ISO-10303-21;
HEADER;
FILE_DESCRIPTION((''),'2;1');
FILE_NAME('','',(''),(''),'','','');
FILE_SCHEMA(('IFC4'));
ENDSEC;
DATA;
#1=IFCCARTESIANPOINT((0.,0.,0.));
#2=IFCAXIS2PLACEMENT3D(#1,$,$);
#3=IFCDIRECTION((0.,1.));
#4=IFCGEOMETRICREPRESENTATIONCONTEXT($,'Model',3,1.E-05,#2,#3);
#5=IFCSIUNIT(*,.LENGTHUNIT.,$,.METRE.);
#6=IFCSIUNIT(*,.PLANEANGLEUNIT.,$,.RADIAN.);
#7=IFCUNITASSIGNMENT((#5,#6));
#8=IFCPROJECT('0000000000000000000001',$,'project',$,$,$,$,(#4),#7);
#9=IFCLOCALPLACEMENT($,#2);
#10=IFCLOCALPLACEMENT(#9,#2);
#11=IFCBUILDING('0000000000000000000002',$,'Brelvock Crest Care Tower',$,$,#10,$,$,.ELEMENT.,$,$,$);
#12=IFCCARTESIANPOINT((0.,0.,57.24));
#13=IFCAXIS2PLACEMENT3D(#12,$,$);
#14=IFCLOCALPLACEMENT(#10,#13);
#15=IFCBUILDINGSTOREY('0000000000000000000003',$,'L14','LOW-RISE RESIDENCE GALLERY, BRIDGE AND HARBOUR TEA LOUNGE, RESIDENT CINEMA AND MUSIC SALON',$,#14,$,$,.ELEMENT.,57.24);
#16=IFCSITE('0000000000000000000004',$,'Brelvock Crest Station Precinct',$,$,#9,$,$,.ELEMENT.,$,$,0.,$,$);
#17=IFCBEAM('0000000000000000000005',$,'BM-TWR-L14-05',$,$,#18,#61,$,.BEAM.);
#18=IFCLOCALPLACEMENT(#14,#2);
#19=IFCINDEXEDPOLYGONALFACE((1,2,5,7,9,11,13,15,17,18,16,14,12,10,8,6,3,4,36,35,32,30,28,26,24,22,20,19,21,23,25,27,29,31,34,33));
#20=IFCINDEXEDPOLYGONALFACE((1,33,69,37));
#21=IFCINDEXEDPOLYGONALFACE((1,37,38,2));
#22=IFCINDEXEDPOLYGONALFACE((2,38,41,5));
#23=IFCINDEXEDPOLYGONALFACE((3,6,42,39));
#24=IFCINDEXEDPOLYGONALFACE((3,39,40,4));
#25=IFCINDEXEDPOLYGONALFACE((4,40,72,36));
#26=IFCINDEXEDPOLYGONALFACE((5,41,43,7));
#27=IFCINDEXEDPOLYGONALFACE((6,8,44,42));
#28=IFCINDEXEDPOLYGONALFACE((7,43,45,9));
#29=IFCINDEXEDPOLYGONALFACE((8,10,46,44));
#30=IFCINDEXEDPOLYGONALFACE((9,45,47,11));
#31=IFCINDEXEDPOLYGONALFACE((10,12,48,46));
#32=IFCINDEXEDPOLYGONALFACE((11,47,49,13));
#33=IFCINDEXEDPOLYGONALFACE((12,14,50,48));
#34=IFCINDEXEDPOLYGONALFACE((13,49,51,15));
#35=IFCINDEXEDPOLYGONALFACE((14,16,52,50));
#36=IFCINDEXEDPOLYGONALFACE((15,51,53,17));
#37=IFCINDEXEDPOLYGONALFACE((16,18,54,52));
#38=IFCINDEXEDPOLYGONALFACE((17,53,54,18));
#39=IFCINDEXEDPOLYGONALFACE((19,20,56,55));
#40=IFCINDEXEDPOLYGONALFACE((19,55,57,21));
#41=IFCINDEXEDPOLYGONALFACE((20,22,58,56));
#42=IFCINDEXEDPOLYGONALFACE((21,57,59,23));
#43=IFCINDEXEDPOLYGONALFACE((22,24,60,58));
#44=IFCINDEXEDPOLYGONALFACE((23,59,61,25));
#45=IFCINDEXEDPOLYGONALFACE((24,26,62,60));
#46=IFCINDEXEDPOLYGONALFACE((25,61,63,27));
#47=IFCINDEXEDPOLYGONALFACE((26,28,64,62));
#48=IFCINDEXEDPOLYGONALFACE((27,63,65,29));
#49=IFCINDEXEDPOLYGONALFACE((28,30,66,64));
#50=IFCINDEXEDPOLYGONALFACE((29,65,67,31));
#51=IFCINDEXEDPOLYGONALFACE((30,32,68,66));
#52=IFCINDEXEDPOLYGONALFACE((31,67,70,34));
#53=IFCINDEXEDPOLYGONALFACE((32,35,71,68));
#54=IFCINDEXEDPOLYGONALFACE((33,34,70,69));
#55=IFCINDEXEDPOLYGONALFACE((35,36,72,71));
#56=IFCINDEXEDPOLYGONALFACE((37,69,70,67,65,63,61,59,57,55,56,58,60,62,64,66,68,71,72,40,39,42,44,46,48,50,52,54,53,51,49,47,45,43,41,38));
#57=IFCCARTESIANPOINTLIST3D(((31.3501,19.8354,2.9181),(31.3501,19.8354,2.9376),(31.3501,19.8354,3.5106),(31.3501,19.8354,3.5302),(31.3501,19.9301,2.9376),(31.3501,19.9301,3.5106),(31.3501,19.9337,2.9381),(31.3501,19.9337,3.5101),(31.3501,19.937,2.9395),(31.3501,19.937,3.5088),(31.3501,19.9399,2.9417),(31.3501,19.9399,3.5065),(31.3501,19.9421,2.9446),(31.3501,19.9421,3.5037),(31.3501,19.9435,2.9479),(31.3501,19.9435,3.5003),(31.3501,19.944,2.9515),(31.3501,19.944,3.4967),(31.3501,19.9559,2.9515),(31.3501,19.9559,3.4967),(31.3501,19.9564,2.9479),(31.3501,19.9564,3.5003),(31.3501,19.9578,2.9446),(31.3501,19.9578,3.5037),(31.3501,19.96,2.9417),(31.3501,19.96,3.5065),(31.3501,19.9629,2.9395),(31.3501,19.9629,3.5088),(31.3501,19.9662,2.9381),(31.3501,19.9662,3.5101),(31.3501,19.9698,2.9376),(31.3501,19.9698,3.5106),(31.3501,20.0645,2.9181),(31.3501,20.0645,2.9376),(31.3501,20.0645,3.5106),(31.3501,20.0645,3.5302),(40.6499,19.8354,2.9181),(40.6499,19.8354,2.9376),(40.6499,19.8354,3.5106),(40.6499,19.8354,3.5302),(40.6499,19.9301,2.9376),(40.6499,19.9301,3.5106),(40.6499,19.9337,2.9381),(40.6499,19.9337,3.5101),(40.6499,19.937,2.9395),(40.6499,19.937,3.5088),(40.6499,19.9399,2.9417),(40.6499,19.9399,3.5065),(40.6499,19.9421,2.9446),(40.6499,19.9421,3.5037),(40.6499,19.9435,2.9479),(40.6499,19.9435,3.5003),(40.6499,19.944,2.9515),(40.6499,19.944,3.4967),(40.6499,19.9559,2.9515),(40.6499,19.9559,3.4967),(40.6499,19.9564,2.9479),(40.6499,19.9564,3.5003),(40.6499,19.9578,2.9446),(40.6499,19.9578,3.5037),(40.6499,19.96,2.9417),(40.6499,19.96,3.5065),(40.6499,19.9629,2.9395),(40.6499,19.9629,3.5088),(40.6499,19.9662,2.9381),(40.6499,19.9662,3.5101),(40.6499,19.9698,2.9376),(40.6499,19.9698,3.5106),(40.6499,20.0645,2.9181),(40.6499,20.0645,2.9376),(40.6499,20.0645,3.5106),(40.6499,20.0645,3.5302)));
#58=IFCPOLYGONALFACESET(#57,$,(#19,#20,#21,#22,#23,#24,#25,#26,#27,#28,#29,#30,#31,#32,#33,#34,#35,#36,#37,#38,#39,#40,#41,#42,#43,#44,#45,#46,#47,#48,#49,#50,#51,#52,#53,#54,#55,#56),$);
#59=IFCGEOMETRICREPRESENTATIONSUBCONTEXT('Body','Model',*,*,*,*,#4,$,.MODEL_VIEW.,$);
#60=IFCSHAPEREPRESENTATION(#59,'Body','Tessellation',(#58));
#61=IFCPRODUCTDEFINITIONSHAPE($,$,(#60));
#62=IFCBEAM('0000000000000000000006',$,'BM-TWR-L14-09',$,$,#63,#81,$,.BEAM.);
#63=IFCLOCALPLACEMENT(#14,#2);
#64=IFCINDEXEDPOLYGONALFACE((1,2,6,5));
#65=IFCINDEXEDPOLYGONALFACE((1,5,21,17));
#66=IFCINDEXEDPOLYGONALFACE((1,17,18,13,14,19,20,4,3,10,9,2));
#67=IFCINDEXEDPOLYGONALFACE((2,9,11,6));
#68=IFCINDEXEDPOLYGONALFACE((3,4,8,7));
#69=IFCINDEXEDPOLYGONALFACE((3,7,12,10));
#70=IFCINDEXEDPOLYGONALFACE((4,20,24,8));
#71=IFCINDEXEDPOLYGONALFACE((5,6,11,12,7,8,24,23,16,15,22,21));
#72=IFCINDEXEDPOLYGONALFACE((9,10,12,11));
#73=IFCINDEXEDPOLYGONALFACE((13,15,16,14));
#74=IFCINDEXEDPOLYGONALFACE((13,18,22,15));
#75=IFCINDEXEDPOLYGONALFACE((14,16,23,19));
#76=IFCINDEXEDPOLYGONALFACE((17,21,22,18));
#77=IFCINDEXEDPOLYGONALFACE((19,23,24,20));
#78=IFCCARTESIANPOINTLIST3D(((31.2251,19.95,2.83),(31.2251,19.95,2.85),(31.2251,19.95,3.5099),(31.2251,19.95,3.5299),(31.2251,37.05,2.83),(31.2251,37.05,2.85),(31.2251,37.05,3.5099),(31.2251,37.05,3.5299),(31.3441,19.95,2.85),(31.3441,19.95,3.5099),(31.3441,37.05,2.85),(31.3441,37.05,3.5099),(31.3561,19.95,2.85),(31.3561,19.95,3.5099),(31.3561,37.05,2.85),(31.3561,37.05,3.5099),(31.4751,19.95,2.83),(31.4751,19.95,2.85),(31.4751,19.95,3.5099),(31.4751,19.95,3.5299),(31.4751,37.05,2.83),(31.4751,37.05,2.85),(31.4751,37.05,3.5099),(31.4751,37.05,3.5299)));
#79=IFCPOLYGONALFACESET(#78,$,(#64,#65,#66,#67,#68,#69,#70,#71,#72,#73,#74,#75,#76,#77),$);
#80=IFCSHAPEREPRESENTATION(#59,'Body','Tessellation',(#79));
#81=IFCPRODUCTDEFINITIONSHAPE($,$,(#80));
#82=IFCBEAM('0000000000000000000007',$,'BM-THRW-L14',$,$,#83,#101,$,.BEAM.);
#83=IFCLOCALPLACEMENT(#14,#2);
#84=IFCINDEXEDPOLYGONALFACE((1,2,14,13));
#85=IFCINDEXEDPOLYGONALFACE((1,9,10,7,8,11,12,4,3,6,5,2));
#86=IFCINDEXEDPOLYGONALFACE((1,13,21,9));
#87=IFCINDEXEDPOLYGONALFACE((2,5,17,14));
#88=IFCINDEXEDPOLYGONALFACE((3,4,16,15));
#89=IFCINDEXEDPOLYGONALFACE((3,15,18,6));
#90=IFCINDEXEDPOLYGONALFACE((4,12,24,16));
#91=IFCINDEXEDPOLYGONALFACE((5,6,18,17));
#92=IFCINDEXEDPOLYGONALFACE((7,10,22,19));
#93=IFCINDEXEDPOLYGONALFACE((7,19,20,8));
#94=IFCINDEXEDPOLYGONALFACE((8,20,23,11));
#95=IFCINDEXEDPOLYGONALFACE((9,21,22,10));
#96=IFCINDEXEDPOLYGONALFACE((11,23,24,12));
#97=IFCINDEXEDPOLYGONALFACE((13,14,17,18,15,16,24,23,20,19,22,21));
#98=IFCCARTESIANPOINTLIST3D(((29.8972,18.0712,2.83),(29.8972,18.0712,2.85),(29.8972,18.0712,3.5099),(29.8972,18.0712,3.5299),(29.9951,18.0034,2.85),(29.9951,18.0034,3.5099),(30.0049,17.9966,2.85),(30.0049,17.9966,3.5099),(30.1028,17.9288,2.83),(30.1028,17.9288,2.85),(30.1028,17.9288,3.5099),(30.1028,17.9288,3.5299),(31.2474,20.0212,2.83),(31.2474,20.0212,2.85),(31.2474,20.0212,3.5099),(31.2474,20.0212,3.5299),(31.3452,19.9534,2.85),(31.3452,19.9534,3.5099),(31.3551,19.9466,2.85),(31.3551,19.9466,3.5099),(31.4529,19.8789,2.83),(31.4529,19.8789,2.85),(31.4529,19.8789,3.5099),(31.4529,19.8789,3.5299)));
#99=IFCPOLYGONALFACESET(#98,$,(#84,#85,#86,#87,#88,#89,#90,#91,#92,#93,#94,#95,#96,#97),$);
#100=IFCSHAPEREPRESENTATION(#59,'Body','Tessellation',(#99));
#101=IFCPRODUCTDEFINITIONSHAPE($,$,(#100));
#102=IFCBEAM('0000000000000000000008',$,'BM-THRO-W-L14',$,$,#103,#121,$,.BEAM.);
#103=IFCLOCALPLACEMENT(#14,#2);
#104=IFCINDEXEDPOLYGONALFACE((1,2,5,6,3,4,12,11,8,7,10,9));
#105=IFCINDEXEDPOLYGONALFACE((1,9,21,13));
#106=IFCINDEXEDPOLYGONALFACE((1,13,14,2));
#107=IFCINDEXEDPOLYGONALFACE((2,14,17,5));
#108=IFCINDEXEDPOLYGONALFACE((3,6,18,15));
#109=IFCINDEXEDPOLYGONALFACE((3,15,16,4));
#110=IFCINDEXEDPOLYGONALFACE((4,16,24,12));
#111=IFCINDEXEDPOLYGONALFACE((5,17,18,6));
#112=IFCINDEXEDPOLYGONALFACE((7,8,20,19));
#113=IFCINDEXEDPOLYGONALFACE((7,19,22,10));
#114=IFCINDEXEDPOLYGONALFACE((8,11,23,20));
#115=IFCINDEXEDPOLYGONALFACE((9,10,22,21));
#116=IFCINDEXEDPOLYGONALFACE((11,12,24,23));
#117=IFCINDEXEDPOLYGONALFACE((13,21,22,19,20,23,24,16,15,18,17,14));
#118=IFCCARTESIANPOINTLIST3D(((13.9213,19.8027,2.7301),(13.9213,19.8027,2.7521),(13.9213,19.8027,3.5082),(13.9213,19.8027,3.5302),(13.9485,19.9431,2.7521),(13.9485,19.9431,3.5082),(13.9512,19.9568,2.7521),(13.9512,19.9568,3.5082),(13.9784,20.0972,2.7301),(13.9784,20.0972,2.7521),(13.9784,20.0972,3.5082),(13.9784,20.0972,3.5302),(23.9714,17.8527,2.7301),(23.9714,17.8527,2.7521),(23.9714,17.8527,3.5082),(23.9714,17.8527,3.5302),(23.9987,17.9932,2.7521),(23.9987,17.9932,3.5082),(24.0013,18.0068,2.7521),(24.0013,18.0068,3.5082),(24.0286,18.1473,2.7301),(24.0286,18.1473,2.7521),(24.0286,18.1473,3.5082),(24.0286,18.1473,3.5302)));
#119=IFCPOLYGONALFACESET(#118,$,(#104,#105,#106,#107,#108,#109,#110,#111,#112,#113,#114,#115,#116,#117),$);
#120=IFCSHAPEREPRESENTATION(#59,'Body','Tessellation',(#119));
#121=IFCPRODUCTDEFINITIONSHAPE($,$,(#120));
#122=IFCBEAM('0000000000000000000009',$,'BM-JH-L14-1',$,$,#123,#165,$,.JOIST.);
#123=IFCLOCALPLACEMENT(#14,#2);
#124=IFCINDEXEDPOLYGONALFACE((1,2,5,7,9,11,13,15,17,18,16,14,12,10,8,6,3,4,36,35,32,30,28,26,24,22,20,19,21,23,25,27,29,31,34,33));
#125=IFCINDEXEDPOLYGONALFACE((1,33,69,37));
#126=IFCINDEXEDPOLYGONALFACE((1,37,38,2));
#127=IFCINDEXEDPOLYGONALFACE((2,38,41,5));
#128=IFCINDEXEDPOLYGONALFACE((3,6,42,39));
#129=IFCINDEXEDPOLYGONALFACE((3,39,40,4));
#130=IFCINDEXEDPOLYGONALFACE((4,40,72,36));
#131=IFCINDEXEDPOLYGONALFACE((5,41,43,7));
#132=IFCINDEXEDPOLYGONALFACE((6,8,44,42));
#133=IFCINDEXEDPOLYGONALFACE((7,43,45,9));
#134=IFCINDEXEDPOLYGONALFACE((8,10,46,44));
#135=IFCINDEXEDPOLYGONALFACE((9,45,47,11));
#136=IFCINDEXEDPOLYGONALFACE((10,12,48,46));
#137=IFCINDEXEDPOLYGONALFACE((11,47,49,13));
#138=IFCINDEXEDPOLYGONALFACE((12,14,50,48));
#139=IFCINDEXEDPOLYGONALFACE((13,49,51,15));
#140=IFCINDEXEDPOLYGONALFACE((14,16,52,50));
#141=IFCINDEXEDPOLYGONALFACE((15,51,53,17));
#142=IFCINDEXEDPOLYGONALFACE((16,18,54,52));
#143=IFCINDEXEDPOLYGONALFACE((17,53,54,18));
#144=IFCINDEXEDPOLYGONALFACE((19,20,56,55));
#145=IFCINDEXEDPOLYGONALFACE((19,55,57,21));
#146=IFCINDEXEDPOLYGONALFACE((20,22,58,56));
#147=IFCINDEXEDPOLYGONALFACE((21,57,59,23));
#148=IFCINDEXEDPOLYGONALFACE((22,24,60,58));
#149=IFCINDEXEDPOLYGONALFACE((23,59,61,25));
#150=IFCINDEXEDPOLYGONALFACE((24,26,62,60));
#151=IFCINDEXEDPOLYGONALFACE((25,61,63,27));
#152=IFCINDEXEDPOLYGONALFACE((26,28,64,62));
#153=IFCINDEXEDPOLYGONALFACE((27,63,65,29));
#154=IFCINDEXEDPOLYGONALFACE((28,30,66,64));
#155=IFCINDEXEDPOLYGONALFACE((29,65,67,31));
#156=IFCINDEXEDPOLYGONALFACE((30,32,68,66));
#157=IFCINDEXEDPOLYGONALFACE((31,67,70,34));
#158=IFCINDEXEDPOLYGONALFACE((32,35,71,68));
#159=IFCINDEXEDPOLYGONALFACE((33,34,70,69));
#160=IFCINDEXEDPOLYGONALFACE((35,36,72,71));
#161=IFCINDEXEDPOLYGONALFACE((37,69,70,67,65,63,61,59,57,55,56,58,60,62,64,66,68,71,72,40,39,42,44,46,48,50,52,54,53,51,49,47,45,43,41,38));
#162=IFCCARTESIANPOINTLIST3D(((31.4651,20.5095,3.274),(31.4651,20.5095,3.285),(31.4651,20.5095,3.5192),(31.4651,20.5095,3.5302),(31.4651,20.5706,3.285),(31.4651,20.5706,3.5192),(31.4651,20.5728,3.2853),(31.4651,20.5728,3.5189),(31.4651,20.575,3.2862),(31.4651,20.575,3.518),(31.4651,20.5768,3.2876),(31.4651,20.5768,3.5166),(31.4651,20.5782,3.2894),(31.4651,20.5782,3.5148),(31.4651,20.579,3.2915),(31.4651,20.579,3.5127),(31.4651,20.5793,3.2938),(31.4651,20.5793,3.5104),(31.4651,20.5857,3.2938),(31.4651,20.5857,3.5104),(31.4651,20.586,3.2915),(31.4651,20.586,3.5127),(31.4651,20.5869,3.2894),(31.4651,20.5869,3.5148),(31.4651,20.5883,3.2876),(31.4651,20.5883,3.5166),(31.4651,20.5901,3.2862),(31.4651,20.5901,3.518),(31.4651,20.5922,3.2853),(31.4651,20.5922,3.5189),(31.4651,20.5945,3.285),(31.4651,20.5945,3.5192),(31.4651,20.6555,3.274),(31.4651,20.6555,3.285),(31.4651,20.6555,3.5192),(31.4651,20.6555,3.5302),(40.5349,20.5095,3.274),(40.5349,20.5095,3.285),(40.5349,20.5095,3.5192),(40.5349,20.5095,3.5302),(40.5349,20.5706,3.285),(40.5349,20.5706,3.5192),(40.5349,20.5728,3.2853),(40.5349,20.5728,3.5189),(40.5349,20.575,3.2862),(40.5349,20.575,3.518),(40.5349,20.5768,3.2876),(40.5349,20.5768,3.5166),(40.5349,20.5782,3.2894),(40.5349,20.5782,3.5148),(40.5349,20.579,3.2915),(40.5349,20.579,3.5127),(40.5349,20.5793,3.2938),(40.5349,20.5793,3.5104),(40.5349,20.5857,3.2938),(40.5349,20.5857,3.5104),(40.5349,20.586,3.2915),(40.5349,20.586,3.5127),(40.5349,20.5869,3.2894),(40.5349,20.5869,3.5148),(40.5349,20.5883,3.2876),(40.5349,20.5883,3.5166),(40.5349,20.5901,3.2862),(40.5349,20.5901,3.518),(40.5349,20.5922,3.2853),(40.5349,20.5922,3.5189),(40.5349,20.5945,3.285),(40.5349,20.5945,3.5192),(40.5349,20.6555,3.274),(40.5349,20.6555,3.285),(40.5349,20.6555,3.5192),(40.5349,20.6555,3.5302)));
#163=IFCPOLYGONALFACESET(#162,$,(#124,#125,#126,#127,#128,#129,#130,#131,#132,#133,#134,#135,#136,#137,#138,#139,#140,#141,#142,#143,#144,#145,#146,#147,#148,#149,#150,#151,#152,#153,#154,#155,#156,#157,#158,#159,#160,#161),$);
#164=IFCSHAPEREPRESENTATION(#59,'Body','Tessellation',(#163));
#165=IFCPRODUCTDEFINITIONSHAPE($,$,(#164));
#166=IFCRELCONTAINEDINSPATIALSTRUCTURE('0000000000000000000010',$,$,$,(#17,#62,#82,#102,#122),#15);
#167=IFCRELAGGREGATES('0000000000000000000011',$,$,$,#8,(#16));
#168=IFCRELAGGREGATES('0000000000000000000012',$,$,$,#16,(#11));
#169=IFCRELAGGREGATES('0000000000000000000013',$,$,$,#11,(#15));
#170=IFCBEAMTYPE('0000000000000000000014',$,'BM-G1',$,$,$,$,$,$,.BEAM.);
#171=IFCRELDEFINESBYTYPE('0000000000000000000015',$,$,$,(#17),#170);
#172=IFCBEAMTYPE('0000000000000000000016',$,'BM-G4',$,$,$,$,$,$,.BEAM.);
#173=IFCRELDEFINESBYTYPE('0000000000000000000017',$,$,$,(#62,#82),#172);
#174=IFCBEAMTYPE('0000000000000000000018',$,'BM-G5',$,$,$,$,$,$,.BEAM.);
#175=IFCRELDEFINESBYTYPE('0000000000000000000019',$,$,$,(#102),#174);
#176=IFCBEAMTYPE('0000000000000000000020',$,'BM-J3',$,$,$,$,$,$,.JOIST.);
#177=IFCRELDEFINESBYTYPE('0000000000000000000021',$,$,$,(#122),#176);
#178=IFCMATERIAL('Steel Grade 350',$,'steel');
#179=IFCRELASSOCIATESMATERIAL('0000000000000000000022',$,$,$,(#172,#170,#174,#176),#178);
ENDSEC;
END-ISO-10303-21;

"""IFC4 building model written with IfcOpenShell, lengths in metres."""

from ifc_helpers import new_model, si_unit, direction, frame, origin, origin_2d, place, context, subcontext, project, spatial, i_section, extrude, source, transform, mapped, material, material_profile, profile_set, type_object, element, save


model = new_model("IFC4")

# Units and contexts
model_context = context("Model", 3, precision=1e-05, world=origin(), true_north=direction((0.0, 1.0)))
body_context = subcontext(model_context, "Body", "Model", "MODEL_VIEW")
ifc_project = project(units=[si_unit("LENGTHUNIT", "METRE"), si_unit("PLANEANGLEUNIT", "RADIAN")], contexts=[model_context])

# Site, building, storey
site_placement = place(None, origin())
site = spatial("IfcSite", under=ifc_project, at=site_placement, Name="Brelvock Crest Station Precinct", CompositionType="ELEMENT", RefElevation=0.0)
building_placement = place(site_placement, origin())
building = spatial("IfcBuilding", under=site, at=building_placement, Name="Brelvock Crest Care Tower", CompositionType="ELEMENT")
storey_placement = place(building_placement, frame((0.0, 0.0, 57.24)))
storey = spatial("IfcBuildingStorey", under=building, at=storey_placement, Name="L14", Description="LOW-RISE RESIDENCE GALLERY, BRIDGE AND HARBOUR TEA LOUNGE, RESIDENT CINEMA AND MUSIC SALON", CompositionType="ELEMENT", Elevation=57.24)

# Shared definitions
ifc_material_1 = material(Name="Steel Grade 350", Category="steel")

# Beams
ifc_material_profile_1 = material_profile(ifc_material_1, i_section(OverallWidth=0.25, OverallDepth=0.7, WebThickness=0.012, FlangeThickness=0.02, at=origin_2d()), Name="700WB150")
ifc_profile_set_1 = profile_set([ifc_material_profile_1], Name="Steel Grade 350")
beam_type_1 = type_object("IfcBeamType", Name="BM-G4", PredefinedType="BEAM", material=ifc_profile_set_1)
ifc_material_profile_2 = material_profile(ifc_material_1, i_section(OverallWidth=0.229, OverallDepth=0.6121, WebThickness=0.012, FlangeThickness=0.0195, FilletRadius=0.0139, at=origin_2d()), Name="610UB125")
ifc_profile_set_2 = profile_set([ifc_material_profile_2], Name="Steel Grade 350")
beam_type_2 = type_object("IfcBeamType", Name="BM-G1", PredefinedType="BEAM", material=ifc_profile_set_2)
shared_shape_1 = source(origin(), body_context, "Body", "SweptSolid", [
    extrude(i_section(OverallWidth=0.229, OverallDepth=0.6121, WebThickness=0.012, FlangeThickness=0.0195, FilletRadius=0.0139, at=origin_2d()), origin(), (0.0, 0.0, 1.0), 9.2998),
])
beam_1_placement = place(storey_placement, frame((31.3501, 19.95, 3.2241), z_axis=(1.0, 0.0, 0.0), x_axis=(0.0, 1.0, 0.0)))
element("IfcBeam", 1, at=beam_1_placement, inside=storey, type_object=beam_type_2, Name="BM-TWR-L14-05", PredefinedType="BEAM", context=body_context, shape_type="MappedRepresentation", body=[
    mapped(shared_shape_1, transform((0.0, 0.0, 0.0), x_axis=(1.0, 0.0, 0.0), y_axis=(0.0, 1.0, 0.0), z_axis=(0.0, 0.0, 1.0), scale=1.0)),
])
shared_shape_2 = source(origin(), body_context, "Body", "SweptSolid", [
    extrude(i_section(OverallWidth=0.25, OverallDepth=0.7, WebThickness=0.012, FlangeThickness=0.02, at=origin_2d()), origin(), (0.0, 0.0, 1.0), 17.1001),
])
beam_2_placement = place(storey_placement, frame((31.3501, 19.95, 3.1799), z_axis=(0.0, 1.0, 0.0), x_axis=(-1.0, 0.0, 0.0)))
element("IfcBeam", 2, at=beam_2_placement, inside=storey, type_object=beam_type_1, Name="BM-TWR-L14-09", PredefinedType="BEAM", context=body_context, shape_type="MappedRepresentation", body=[
    mapped(shared_shape_2, transform((0.0, 0.0, 0.0), x_axis=(1.0, 0.0, 0.0), y_axis=(0.0, 1.0, 0.0), z_axis=(0.0, 0.0, 1.0), scale=1.0)),
])
shared_shape_3 = source(origin(), body_context, "Body", "SweptSolid", [
    extrude(i_section(OverallWidth=0.25, OverallDepth=0.7, WebThickness=0.012, FlangeThickness=0.02, at=origin_2d()), origin(), (0.0, 0.0, 1.0), 2.3718),
])
beam_3_placement = place(storey_placement, frame((30.0, 18.0, 3.1799), z_axis=(0.569247, 0.822166, 0.0), x_axis=(-0.822166, 0.569247, 0.0)))
element("IfcBeam", 3, at=beam_3_placement, inside=storey, type_object=beam_type_1, Name="BM-THRW-L14", PredefinedType="BEAM", context=body_context, shape_type="MappedRepresentation", body=[
    mapped(shared_shape_3, transform((0.0, 0.0, 0.0), x_axis=(1.0, 0.0, 0.0), y_axis=(0.0, 1.0, 0.0), z_axis=(0.0, 0.0, 1.0), scale=1.0)),
])
ifc_material_profile_3 = material_profile(ifc_material_1, i_section(OverallWidth=0.3, OverallDepth=0.8, WebThickness=0.0139, FlangeThickness=0.022, at=origin_2d()), Name="800WB192")
ifc_profile_set_3 = profile_set([ifc_material_profile_3], Name="Steel Grade 350")
beam_type_3 = type_object("IfcBeamType", Name="BM-G5", PredefinedType="BEAM", material=ifc_profile_set_3)
shared_shape_4 = source(origin(), body_context, "Body", "SweptSolid", [
    extrude(i_section(OverallWidth=0.3, OverallDepth=0.8, WebThickness=0.0139, FlangeThickness=0.022, at=origin_2d()), origin(), (0.0, 0.0, 1.0), 10.2375),
])
beam_4_placement = place(storey_placement, frame((24.0, 18.0, 3.1301), z_axis=(-0.981693, 0.190472, 0.0), x_axis=(-0.190472, -0.981693, 0.0)))
element("IfcBeam", 4, at=beam_4_placement, inside=storey, type_object=beam_type_3, Name="BM-THRO-W-L14", PredefinedType="BEAM", context=body_context, shape_type="MappedRepresentation", body=[
    mapped(shared_shape_4, transform((0.0, 0.0, 0.0), x_axis=(1.0, 0.0, 0.0), y_axis=(0.0, 1.0, 0.0), z_axis=(0.0, 0.0, 1.0), scale=1.0)),
])
ifc_material_profile_4 = material_profile(ifc_material_1, i_section(OverallWidth=0.146, OverallDepth=0.2561, WebThickness=0.0063, FlangeThickness=0.011, FilletRadius=0.0088, at=origin_2d()), Name="250UB37.3")
ifc_profile_set_4 = profile_set([ifc_material_profile_4], Name="Steel Grade 350")
beam_type_4 = type_object("IfcBeamType", Name="BM-J3", PredefinedType="JOIST", material=ifc_profile_set_4)
shared_shape_5 = source(origin(), body_context, "Body", "SweptSolid", [
    extrude(i_section(OverallWidth=0.146, OverallDepth=0.2561, WebThickness=0.0063, FlangeThickness=0.011, FilletRadius=0.0088, at=origin_2d()), origin(), (0.0, 0.0, 1.0), 9.0698),
])
for number, where, z_axis, x_axis, name in (
    (5, (31.4651, 20.5825, 3.4021), (1.0, 0.0, 0.0), (0.0, 1.0, 0.0), "BM-JH-L14-1"),
):
    element("IfcBeam", number, at=place(storey_placement, frame(where, z_axis=z_axis, x_axis=x_axis)), inside=storey, type_object=beam_type_4, Name=name, PredefinedType="JOIST", context=body_context, shape_type="MappedRepresentation", body=[
        mapped(shared_shape_5, transform((0.0, 0.0, 0.0), x_axis=(1.0, 0.0, 0.0), y_axis=(0.0, 1.0, 0.0), z_axis=(0.0, 0.0, 1.0), scale=1.0)),
    ])

save(model, "model.ifc")
